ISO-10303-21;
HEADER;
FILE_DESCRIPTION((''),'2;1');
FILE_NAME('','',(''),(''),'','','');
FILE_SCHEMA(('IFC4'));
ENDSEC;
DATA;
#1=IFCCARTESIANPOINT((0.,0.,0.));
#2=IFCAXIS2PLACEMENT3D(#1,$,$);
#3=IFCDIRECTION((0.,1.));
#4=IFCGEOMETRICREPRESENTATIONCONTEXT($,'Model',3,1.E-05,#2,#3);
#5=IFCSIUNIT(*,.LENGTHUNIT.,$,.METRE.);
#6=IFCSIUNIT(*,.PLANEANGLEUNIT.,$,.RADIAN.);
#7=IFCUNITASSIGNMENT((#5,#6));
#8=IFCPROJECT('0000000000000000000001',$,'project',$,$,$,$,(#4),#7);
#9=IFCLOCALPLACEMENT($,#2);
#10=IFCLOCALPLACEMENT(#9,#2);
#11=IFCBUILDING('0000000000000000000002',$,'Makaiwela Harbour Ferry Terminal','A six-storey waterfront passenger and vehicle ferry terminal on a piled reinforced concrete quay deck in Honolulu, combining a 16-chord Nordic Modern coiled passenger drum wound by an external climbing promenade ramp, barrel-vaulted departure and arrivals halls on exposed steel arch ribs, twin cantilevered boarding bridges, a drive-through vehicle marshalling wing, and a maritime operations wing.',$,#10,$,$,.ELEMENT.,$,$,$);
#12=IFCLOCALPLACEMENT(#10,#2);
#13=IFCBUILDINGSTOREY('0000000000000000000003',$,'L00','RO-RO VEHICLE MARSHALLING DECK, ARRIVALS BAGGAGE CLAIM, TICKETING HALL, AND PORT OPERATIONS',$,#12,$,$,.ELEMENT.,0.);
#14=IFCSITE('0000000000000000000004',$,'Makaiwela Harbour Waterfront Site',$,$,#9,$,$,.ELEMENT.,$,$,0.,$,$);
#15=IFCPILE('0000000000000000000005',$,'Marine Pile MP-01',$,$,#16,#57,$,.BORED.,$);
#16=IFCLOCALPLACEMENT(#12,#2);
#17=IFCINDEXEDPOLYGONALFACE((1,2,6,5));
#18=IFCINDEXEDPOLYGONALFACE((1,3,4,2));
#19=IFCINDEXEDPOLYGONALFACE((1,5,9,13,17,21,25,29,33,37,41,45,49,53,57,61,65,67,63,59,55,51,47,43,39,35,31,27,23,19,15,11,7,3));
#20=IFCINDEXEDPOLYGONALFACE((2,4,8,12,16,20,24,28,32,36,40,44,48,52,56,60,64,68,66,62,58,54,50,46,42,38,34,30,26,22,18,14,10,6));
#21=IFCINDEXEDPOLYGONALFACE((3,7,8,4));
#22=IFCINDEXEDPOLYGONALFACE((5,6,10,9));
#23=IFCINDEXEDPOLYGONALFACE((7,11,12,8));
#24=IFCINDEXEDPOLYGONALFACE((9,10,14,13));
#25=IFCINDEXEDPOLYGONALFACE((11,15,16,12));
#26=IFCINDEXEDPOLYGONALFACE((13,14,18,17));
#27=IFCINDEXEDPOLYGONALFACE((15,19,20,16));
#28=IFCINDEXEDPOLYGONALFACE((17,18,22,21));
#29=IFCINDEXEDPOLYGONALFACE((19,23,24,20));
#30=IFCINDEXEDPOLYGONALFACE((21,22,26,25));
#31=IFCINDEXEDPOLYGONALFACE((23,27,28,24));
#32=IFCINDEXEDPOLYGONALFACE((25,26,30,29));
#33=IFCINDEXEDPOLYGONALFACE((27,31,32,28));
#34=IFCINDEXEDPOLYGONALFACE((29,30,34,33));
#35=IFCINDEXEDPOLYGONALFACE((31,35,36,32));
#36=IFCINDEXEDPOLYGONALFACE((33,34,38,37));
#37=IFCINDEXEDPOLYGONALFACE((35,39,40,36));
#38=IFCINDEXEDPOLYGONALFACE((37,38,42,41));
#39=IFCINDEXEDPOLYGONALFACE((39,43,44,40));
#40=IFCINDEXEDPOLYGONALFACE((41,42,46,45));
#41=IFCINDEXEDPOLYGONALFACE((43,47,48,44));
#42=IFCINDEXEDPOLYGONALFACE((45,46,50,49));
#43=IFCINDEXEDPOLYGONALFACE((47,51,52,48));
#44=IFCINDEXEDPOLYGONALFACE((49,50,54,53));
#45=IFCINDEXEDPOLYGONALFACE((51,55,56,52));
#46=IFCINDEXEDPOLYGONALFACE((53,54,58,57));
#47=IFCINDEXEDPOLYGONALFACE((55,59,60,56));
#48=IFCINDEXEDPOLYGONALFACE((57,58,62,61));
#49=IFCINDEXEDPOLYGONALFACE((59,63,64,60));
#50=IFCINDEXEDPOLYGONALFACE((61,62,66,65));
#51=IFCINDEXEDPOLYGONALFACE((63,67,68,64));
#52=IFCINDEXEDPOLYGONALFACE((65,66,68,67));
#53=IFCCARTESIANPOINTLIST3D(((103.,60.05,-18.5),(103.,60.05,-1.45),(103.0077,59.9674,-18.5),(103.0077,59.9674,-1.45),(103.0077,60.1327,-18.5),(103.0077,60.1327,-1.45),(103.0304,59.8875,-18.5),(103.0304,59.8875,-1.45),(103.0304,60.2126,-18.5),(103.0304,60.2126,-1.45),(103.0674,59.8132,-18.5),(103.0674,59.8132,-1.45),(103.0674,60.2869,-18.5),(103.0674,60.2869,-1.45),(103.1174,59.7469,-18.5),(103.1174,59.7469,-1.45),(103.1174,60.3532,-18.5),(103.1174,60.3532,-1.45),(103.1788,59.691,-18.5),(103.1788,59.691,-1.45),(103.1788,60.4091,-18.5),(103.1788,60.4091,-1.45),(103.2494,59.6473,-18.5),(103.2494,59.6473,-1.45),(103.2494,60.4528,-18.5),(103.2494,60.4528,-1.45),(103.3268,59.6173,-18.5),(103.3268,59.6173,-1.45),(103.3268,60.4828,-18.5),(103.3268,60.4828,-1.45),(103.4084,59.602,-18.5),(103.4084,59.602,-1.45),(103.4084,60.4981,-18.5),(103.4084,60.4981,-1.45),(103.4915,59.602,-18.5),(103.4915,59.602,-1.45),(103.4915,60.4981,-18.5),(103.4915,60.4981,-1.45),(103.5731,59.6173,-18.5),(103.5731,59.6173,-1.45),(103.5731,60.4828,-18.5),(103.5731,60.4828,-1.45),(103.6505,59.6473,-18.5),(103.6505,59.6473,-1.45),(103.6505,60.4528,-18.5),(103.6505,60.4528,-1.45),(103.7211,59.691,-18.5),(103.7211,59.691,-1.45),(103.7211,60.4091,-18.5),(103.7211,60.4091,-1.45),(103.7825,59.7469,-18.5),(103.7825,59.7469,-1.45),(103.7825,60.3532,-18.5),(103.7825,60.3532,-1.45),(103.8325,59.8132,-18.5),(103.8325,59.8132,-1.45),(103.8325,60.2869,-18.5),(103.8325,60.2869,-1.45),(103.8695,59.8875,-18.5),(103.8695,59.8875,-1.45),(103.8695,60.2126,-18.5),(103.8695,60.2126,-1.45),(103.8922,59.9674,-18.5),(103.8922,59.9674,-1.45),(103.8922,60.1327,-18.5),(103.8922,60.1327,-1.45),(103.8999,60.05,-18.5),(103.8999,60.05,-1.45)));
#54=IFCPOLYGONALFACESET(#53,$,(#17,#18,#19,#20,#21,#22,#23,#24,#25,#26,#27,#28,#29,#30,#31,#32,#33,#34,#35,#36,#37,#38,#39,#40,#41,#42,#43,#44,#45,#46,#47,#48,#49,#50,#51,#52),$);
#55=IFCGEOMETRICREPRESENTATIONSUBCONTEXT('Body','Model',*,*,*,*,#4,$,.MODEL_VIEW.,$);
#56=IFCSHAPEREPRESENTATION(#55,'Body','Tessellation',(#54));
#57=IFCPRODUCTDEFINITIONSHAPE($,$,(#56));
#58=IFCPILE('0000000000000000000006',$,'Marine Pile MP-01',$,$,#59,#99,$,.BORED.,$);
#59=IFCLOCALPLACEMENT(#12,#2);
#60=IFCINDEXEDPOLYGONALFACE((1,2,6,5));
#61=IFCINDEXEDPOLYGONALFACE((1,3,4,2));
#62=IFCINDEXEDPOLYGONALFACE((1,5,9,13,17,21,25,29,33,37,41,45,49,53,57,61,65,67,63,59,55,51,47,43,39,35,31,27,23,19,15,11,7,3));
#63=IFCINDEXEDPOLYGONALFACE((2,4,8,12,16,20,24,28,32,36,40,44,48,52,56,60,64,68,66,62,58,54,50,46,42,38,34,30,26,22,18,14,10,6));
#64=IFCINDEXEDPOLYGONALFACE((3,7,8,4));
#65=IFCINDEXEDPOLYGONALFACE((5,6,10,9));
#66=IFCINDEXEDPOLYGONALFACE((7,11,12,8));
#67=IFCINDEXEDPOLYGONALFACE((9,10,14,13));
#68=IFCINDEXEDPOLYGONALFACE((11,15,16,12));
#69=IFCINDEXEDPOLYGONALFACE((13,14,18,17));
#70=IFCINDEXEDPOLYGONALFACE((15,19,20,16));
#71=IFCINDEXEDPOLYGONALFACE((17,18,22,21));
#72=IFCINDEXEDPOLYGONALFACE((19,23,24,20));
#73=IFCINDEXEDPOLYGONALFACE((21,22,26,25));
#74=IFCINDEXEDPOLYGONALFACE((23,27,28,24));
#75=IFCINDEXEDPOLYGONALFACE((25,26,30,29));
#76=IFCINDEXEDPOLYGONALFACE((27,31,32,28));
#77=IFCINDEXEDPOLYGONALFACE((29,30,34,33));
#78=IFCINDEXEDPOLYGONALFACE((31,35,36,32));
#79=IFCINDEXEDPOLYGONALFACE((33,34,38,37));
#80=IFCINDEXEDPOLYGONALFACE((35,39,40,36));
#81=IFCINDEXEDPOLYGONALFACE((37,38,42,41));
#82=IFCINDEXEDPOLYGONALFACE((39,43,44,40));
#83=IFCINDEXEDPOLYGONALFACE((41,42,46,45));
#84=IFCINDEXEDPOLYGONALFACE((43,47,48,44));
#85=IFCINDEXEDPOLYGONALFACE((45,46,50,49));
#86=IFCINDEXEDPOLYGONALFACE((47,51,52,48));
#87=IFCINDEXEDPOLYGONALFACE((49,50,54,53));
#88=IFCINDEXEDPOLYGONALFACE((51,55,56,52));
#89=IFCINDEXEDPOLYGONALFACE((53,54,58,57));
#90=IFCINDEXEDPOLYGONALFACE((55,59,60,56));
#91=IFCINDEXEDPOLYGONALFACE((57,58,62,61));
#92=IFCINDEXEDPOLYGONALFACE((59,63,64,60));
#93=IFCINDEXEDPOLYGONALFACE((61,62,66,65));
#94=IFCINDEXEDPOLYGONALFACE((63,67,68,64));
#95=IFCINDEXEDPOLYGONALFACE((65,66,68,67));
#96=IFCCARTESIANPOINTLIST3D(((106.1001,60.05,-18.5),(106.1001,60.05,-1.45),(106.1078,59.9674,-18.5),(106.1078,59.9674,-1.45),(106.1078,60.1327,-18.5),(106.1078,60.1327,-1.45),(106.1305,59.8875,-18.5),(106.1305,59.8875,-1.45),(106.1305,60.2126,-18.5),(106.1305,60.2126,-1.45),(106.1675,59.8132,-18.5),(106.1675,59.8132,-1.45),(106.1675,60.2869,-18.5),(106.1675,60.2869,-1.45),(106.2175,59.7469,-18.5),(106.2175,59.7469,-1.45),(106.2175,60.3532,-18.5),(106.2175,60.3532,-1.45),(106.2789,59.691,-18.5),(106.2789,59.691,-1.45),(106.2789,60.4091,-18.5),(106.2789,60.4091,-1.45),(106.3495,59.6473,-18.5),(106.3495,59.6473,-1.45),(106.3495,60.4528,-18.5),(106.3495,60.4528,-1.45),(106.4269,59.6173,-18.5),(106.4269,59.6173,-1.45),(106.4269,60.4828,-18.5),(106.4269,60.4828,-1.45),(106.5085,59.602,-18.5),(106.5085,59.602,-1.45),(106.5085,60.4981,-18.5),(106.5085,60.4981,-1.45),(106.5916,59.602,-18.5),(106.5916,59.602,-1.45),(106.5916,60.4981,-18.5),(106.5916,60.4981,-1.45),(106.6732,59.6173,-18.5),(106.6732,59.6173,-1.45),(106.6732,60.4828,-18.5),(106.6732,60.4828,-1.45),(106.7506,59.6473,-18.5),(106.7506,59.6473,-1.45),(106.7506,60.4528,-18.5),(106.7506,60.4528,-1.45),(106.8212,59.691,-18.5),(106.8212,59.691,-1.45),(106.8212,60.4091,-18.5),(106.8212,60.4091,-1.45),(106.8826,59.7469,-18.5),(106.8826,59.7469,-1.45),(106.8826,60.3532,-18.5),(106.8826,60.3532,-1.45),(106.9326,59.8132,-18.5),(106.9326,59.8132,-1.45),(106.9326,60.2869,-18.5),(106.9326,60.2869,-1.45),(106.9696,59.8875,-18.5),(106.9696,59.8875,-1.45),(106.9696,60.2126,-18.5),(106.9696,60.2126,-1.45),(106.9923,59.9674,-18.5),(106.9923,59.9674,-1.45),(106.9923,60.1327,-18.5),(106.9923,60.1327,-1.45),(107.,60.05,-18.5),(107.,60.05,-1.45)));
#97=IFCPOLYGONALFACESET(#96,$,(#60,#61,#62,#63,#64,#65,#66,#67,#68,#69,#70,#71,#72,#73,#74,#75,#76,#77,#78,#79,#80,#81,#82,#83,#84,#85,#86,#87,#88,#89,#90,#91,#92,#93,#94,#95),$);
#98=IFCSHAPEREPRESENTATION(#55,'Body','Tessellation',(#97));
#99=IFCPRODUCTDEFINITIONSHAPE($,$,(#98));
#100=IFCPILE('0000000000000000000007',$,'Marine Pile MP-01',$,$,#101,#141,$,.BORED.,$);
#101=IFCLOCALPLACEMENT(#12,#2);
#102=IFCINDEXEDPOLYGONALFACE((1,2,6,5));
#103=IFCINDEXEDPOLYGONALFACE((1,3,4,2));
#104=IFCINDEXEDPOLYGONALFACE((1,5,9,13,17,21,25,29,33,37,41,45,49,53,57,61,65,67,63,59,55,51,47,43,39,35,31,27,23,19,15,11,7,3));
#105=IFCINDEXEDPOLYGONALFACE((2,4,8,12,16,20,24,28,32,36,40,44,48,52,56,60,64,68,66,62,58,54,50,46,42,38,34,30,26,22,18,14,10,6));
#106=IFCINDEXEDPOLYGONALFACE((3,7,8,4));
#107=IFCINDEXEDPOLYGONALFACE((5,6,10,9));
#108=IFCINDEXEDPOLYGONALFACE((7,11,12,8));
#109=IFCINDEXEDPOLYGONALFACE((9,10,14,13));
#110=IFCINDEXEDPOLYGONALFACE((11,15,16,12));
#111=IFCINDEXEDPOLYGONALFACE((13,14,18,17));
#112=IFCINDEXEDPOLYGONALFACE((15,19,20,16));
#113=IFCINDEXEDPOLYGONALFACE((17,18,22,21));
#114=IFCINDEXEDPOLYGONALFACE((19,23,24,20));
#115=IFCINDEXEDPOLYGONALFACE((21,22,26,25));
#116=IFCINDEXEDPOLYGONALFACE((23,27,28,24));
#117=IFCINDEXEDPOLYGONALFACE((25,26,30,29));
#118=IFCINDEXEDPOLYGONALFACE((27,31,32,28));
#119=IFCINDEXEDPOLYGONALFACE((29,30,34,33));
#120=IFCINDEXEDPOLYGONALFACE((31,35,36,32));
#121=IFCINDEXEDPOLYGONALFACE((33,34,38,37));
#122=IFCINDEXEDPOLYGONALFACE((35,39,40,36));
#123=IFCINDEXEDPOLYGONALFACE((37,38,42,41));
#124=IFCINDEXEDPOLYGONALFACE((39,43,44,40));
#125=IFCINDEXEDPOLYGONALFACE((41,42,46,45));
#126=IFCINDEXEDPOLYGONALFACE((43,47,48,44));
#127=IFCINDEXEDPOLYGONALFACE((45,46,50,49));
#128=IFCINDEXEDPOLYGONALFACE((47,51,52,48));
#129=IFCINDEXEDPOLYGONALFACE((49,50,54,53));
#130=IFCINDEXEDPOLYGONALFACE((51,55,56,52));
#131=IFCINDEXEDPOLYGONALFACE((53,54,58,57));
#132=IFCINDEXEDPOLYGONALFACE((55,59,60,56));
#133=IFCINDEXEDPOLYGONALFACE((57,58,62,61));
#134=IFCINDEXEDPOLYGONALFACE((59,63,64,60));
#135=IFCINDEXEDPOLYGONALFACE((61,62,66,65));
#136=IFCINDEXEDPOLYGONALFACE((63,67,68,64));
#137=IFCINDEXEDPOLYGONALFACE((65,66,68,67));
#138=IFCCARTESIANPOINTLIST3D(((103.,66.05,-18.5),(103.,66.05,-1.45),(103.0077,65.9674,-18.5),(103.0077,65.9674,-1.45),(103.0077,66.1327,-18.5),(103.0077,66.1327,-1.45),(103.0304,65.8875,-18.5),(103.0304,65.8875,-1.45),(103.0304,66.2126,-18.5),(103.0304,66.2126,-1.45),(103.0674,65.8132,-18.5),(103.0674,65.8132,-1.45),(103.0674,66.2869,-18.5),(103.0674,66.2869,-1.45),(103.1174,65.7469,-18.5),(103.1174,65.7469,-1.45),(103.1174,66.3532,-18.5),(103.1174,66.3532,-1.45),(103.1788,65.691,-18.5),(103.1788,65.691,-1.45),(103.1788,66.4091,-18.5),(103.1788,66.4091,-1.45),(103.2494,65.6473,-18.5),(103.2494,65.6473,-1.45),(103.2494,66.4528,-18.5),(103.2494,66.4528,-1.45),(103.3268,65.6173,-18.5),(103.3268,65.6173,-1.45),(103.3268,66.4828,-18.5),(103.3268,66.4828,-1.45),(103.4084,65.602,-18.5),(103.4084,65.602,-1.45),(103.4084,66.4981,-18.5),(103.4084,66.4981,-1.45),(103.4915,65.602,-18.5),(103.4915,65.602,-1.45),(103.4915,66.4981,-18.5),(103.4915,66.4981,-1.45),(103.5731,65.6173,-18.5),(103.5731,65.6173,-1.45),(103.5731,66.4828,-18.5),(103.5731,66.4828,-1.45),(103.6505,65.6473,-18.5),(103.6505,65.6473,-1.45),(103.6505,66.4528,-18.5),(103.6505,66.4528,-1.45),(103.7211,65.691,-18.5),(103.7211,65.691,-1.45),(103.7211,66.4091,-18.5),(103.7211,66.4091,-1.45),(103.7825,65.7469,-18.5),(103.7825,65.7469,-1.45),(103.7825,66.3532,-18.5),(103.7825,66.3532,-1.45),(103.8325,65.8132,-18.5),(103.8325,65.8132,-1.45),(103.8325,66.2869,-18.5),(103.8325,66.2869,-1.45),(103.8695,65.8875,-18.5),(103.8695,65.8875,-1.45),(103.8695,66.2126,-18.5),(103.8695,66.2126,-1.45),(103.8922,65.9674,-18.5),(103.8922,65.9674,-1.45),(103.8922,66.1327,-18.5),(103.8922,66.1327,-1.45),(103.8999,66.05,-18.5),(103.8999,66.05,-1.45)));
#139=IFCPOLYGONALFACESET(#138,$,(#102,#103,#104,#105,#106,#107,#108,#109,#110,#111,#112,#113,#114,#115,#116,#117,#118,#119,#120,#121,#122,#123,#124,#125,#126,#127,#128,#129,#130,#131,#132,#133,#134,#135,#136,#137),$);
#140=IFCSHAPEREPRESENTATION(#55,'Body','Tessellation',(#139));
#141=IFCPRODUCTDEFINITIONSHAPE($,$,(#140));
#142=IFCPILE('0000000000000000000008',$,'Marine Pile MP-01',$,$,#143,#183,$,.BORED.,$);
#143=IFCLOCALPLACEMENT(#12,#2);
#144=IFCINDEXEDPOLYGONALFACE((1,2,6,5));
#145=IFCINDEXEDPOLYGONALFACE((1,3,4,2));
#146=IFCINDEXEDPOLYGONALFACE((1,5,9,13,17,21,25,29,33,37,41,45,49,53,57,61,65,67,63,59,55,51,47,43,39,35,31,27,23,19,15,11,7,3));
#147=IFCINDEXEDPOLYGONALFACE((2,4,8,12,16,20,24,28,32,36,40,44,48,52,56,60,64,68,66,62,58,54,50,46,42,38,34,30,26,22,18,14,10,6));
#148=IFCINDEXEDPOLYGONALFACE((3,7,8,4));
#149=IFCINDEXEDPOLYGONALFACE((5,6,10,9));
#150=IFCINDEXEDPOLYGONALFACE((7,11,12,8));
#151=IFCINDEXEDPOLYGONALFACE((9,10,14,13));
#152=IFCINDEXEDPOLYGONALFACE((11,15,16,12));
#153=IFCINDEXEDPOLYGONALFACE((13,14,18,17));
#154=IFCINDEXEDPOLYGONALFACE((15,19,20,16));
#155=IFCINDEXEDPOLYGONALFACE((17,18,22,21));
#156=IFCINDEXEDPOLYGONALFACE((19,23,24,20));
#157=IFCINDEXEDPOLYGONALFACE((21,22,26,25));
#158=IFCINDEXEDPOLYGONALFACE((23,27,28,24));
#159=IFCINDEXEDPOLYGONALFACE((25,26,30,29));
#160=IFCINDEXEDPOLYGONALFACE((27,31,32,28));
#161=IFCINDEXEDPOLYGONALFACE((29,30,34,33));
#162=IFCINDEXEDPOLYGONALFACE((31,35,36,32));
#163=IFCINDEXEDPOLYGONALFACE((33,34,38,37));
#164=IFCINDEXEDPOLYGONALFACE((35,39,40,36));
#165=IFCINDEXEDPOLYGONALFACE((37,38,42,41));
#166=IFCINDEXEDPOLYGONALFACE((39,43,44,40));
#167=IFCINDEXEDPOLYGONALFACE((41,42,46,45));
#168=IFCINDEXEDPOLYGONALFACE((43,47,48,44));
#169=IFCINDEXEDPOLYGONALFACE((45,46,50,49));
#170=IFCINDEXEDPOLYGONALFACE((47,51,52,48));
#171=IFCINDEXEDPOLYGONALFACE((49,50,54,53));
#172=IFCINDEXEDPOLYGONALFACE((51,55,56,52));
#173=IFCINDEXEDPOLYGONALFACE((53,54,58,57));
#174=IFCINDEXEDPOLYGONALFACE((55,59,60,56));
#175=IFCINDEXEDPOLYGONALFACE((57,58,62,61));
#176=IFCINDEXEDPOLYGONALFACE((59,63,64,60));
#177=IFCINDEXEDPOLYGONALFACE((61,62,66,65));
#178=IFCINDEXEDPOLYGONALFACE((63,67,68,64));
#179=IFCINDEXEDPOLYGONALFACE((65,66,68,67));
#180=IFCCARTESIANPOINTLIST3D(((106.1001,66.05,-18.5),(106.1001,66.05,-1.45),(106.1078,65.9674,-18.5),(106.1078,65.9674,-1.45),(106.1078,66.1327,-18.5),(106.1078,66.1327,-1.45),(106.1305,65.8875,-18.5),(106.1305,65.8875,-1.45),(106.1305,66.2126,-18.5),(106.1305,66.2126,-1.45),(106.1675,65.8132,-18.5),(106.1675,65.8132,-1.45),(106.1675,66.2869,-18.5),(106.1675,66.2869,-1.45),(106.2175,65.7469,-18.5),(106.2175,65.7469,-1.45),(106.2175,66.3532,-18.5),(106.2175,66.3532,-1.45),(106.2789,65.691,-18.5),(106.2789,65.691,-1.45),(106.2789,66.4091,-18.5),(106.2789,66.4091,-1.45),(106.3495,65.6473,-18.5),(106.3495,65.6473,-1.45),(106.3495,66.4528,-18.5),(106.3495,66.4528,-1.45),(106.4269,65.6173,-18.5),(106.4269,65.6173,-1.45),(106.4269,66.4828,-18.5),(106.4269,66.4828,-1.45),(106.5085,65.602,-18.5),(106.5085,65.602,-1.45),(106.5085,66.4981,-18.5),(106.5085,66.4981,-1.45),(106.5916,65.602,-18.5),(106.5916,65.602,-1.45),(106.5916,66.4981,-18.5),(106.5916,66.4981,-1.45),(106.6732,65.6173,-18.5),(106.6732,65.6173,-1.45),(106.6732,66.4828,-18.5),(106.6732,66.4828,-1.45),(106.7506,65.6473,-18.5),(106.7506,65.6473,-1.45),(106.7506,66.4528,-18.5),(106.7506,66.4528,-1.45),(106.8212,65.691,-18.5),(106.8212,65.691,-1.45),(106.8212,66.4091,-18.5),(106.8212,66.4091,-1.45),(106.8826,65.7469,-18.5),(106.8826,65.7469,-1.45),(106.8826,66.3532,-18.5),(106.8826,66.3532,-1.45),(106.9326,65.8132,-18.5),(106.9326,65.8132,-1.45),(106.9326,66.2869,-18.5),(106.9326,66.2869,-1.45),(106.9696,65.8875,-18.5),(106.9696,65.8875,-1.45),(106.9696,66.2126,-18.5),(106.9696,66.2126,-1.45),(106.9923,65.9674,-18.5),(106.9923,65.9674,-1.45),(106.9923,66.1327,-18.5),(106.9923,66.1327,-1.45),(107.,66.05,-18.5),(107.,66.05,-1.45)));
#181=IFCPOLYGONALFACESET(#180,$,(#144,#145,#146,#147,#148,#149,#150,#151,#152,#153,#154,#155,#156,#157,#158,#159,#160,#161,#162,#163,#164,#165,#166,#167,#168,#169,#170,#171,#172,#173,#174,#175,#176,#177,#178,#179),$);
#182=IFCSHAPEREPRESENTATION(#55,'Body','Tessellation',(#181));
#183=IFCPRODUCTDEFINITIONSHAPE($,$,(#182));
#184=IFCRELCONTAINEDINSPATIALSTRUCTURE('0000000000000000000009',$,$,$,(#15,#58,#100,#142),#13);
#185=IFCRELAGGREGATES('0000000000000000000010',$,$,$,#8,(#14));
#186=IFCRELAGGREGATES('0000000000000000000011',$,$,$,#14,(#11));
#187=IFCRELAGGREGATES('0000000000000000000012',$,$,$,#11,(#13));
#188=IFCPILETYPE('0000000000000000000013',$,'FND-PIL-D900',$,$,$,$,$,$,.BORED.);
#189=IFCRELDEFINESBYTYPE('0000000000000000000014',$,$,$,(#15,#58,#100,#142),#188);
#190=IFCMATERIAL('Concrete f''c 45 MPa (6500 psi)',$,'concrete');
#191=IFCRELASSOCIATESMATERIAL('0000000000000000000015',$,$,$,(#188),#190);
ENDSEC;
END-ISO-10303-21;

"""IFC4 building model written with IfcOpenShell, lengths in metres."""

from ifc_helpers import new_model, si_unit, direction, frame, origin, origin_2d, place, context, subcontext, project, spatial, circle, extrude, material, material_profile, profile_set, type_object, element, save


model = new_model("IFC4")

# Units and contexts
model_context = context("Model", 3, precision=1e-05, world=origin(), true_north=direction((0.0, 1.0)))
body_context = subcontext(model_context, "Body", "Model", "MODEL_VIEW")
ifc_project = project(units=[si_unit("LENGTHUNIT", "METRE"), si_unit("PLANEANGLEUNIT", "RADIAN")], contexts=[model_context])

# Site, building, storey
site_placement = place(None, origin())
site = spatial("IfcSite", under=ifc_project, at=site_placement, Name="Makaiwela Harbour Waterfront Site", CompositionType="ELEMENT", RefElevation=0.0)
building_placement = place(site_placement, origin())
building = spatial("IfcBuilding", under=site, at=building_placement, Name="Makaiwela Harbour Ferry Terminal", Description="A six-storey waterfront passenger and vehicle ferry terminal on a piled reinforced concrete quay deck in Honolulu, combining a 16-chord Nordic Modern coiled passenger drum wound by an external climbing promenade ramp, barrel-vaulted departure and arrivals halls on exposed steel arch ribs, twin cantilevered boarding bridges, a drive-through vehicle marshalling wing, and a maritime operations wing.", CompositionType="ELEMENT")
storey_placement = place(building_placement, origin())
storey = spatial("IfcBuildingStorey", under=building, at=storey_placement, Name="L00", Description="RO-RO VEHICLE MARSHALLING DECK, ARRIVALS BAGGAGE CLAIM, TICKETING HALL, AND PORT OPERATIONS", CompositionType="ELEMENT", Elevation=0.0)

# Shared definitions
ifc_material_1 = material(Name="Concrete f'c 45 MPa (6500 psi)", Category="concrete")

# Piles
ifc_material_profile_1 = material_profile(ifc_material_1, circle(Radius=0.45, at=origin_2d()), Name="PILE-D900")
ifc_profile_set_1 = profile_set([ifc_material_profile_1], Name="Concrete f'c 45 MPa (6500 psi)")
pile_type = type_object("IfcPileType", Name="FND-PIL-D900", PredefinedType="BORED", material=ifc_profile_set_1)
for number, where, z_axis, x_axis, name in (
    (1, (103.45, 60.05, -1.45), (0.0, 0.0, -1.0), (1.0, 0.0, 0.0), "Marine Pile MP-01"),
    (2, (106.55, 60.05, -1.45), (0.0, 0.0, -1.0), (1.0, 0.0, 0.0), "Marine Pile MP-01"),
    (3, (103.45, 66.05, -1.45), (0.0, 0.0, -1.0), (1.0, 0.0, 0.0), "Marine Pile MP-01"),
    (4, (106.55, 66.05, -1.45), (0.0, 0.0, -1.0), (1.0, 0.0, 0.0), "Marine Pile MP-01"),
):
    element("IfcPile", number, at=place(storey_placement, frame(where, z_axis=z_axis, x_axis=x_axis)), inside=storey, type_object=pile_type, Name=name, PredefinedType="BORED", context=body_context, shape_type="SweptSolid", body=[
        extrude(circle(Radius=0.45, at=origin_2d()), origin(), (0.0, 0.0, 1.0), 17.05),
    ])

save(model, "model.ifc")
